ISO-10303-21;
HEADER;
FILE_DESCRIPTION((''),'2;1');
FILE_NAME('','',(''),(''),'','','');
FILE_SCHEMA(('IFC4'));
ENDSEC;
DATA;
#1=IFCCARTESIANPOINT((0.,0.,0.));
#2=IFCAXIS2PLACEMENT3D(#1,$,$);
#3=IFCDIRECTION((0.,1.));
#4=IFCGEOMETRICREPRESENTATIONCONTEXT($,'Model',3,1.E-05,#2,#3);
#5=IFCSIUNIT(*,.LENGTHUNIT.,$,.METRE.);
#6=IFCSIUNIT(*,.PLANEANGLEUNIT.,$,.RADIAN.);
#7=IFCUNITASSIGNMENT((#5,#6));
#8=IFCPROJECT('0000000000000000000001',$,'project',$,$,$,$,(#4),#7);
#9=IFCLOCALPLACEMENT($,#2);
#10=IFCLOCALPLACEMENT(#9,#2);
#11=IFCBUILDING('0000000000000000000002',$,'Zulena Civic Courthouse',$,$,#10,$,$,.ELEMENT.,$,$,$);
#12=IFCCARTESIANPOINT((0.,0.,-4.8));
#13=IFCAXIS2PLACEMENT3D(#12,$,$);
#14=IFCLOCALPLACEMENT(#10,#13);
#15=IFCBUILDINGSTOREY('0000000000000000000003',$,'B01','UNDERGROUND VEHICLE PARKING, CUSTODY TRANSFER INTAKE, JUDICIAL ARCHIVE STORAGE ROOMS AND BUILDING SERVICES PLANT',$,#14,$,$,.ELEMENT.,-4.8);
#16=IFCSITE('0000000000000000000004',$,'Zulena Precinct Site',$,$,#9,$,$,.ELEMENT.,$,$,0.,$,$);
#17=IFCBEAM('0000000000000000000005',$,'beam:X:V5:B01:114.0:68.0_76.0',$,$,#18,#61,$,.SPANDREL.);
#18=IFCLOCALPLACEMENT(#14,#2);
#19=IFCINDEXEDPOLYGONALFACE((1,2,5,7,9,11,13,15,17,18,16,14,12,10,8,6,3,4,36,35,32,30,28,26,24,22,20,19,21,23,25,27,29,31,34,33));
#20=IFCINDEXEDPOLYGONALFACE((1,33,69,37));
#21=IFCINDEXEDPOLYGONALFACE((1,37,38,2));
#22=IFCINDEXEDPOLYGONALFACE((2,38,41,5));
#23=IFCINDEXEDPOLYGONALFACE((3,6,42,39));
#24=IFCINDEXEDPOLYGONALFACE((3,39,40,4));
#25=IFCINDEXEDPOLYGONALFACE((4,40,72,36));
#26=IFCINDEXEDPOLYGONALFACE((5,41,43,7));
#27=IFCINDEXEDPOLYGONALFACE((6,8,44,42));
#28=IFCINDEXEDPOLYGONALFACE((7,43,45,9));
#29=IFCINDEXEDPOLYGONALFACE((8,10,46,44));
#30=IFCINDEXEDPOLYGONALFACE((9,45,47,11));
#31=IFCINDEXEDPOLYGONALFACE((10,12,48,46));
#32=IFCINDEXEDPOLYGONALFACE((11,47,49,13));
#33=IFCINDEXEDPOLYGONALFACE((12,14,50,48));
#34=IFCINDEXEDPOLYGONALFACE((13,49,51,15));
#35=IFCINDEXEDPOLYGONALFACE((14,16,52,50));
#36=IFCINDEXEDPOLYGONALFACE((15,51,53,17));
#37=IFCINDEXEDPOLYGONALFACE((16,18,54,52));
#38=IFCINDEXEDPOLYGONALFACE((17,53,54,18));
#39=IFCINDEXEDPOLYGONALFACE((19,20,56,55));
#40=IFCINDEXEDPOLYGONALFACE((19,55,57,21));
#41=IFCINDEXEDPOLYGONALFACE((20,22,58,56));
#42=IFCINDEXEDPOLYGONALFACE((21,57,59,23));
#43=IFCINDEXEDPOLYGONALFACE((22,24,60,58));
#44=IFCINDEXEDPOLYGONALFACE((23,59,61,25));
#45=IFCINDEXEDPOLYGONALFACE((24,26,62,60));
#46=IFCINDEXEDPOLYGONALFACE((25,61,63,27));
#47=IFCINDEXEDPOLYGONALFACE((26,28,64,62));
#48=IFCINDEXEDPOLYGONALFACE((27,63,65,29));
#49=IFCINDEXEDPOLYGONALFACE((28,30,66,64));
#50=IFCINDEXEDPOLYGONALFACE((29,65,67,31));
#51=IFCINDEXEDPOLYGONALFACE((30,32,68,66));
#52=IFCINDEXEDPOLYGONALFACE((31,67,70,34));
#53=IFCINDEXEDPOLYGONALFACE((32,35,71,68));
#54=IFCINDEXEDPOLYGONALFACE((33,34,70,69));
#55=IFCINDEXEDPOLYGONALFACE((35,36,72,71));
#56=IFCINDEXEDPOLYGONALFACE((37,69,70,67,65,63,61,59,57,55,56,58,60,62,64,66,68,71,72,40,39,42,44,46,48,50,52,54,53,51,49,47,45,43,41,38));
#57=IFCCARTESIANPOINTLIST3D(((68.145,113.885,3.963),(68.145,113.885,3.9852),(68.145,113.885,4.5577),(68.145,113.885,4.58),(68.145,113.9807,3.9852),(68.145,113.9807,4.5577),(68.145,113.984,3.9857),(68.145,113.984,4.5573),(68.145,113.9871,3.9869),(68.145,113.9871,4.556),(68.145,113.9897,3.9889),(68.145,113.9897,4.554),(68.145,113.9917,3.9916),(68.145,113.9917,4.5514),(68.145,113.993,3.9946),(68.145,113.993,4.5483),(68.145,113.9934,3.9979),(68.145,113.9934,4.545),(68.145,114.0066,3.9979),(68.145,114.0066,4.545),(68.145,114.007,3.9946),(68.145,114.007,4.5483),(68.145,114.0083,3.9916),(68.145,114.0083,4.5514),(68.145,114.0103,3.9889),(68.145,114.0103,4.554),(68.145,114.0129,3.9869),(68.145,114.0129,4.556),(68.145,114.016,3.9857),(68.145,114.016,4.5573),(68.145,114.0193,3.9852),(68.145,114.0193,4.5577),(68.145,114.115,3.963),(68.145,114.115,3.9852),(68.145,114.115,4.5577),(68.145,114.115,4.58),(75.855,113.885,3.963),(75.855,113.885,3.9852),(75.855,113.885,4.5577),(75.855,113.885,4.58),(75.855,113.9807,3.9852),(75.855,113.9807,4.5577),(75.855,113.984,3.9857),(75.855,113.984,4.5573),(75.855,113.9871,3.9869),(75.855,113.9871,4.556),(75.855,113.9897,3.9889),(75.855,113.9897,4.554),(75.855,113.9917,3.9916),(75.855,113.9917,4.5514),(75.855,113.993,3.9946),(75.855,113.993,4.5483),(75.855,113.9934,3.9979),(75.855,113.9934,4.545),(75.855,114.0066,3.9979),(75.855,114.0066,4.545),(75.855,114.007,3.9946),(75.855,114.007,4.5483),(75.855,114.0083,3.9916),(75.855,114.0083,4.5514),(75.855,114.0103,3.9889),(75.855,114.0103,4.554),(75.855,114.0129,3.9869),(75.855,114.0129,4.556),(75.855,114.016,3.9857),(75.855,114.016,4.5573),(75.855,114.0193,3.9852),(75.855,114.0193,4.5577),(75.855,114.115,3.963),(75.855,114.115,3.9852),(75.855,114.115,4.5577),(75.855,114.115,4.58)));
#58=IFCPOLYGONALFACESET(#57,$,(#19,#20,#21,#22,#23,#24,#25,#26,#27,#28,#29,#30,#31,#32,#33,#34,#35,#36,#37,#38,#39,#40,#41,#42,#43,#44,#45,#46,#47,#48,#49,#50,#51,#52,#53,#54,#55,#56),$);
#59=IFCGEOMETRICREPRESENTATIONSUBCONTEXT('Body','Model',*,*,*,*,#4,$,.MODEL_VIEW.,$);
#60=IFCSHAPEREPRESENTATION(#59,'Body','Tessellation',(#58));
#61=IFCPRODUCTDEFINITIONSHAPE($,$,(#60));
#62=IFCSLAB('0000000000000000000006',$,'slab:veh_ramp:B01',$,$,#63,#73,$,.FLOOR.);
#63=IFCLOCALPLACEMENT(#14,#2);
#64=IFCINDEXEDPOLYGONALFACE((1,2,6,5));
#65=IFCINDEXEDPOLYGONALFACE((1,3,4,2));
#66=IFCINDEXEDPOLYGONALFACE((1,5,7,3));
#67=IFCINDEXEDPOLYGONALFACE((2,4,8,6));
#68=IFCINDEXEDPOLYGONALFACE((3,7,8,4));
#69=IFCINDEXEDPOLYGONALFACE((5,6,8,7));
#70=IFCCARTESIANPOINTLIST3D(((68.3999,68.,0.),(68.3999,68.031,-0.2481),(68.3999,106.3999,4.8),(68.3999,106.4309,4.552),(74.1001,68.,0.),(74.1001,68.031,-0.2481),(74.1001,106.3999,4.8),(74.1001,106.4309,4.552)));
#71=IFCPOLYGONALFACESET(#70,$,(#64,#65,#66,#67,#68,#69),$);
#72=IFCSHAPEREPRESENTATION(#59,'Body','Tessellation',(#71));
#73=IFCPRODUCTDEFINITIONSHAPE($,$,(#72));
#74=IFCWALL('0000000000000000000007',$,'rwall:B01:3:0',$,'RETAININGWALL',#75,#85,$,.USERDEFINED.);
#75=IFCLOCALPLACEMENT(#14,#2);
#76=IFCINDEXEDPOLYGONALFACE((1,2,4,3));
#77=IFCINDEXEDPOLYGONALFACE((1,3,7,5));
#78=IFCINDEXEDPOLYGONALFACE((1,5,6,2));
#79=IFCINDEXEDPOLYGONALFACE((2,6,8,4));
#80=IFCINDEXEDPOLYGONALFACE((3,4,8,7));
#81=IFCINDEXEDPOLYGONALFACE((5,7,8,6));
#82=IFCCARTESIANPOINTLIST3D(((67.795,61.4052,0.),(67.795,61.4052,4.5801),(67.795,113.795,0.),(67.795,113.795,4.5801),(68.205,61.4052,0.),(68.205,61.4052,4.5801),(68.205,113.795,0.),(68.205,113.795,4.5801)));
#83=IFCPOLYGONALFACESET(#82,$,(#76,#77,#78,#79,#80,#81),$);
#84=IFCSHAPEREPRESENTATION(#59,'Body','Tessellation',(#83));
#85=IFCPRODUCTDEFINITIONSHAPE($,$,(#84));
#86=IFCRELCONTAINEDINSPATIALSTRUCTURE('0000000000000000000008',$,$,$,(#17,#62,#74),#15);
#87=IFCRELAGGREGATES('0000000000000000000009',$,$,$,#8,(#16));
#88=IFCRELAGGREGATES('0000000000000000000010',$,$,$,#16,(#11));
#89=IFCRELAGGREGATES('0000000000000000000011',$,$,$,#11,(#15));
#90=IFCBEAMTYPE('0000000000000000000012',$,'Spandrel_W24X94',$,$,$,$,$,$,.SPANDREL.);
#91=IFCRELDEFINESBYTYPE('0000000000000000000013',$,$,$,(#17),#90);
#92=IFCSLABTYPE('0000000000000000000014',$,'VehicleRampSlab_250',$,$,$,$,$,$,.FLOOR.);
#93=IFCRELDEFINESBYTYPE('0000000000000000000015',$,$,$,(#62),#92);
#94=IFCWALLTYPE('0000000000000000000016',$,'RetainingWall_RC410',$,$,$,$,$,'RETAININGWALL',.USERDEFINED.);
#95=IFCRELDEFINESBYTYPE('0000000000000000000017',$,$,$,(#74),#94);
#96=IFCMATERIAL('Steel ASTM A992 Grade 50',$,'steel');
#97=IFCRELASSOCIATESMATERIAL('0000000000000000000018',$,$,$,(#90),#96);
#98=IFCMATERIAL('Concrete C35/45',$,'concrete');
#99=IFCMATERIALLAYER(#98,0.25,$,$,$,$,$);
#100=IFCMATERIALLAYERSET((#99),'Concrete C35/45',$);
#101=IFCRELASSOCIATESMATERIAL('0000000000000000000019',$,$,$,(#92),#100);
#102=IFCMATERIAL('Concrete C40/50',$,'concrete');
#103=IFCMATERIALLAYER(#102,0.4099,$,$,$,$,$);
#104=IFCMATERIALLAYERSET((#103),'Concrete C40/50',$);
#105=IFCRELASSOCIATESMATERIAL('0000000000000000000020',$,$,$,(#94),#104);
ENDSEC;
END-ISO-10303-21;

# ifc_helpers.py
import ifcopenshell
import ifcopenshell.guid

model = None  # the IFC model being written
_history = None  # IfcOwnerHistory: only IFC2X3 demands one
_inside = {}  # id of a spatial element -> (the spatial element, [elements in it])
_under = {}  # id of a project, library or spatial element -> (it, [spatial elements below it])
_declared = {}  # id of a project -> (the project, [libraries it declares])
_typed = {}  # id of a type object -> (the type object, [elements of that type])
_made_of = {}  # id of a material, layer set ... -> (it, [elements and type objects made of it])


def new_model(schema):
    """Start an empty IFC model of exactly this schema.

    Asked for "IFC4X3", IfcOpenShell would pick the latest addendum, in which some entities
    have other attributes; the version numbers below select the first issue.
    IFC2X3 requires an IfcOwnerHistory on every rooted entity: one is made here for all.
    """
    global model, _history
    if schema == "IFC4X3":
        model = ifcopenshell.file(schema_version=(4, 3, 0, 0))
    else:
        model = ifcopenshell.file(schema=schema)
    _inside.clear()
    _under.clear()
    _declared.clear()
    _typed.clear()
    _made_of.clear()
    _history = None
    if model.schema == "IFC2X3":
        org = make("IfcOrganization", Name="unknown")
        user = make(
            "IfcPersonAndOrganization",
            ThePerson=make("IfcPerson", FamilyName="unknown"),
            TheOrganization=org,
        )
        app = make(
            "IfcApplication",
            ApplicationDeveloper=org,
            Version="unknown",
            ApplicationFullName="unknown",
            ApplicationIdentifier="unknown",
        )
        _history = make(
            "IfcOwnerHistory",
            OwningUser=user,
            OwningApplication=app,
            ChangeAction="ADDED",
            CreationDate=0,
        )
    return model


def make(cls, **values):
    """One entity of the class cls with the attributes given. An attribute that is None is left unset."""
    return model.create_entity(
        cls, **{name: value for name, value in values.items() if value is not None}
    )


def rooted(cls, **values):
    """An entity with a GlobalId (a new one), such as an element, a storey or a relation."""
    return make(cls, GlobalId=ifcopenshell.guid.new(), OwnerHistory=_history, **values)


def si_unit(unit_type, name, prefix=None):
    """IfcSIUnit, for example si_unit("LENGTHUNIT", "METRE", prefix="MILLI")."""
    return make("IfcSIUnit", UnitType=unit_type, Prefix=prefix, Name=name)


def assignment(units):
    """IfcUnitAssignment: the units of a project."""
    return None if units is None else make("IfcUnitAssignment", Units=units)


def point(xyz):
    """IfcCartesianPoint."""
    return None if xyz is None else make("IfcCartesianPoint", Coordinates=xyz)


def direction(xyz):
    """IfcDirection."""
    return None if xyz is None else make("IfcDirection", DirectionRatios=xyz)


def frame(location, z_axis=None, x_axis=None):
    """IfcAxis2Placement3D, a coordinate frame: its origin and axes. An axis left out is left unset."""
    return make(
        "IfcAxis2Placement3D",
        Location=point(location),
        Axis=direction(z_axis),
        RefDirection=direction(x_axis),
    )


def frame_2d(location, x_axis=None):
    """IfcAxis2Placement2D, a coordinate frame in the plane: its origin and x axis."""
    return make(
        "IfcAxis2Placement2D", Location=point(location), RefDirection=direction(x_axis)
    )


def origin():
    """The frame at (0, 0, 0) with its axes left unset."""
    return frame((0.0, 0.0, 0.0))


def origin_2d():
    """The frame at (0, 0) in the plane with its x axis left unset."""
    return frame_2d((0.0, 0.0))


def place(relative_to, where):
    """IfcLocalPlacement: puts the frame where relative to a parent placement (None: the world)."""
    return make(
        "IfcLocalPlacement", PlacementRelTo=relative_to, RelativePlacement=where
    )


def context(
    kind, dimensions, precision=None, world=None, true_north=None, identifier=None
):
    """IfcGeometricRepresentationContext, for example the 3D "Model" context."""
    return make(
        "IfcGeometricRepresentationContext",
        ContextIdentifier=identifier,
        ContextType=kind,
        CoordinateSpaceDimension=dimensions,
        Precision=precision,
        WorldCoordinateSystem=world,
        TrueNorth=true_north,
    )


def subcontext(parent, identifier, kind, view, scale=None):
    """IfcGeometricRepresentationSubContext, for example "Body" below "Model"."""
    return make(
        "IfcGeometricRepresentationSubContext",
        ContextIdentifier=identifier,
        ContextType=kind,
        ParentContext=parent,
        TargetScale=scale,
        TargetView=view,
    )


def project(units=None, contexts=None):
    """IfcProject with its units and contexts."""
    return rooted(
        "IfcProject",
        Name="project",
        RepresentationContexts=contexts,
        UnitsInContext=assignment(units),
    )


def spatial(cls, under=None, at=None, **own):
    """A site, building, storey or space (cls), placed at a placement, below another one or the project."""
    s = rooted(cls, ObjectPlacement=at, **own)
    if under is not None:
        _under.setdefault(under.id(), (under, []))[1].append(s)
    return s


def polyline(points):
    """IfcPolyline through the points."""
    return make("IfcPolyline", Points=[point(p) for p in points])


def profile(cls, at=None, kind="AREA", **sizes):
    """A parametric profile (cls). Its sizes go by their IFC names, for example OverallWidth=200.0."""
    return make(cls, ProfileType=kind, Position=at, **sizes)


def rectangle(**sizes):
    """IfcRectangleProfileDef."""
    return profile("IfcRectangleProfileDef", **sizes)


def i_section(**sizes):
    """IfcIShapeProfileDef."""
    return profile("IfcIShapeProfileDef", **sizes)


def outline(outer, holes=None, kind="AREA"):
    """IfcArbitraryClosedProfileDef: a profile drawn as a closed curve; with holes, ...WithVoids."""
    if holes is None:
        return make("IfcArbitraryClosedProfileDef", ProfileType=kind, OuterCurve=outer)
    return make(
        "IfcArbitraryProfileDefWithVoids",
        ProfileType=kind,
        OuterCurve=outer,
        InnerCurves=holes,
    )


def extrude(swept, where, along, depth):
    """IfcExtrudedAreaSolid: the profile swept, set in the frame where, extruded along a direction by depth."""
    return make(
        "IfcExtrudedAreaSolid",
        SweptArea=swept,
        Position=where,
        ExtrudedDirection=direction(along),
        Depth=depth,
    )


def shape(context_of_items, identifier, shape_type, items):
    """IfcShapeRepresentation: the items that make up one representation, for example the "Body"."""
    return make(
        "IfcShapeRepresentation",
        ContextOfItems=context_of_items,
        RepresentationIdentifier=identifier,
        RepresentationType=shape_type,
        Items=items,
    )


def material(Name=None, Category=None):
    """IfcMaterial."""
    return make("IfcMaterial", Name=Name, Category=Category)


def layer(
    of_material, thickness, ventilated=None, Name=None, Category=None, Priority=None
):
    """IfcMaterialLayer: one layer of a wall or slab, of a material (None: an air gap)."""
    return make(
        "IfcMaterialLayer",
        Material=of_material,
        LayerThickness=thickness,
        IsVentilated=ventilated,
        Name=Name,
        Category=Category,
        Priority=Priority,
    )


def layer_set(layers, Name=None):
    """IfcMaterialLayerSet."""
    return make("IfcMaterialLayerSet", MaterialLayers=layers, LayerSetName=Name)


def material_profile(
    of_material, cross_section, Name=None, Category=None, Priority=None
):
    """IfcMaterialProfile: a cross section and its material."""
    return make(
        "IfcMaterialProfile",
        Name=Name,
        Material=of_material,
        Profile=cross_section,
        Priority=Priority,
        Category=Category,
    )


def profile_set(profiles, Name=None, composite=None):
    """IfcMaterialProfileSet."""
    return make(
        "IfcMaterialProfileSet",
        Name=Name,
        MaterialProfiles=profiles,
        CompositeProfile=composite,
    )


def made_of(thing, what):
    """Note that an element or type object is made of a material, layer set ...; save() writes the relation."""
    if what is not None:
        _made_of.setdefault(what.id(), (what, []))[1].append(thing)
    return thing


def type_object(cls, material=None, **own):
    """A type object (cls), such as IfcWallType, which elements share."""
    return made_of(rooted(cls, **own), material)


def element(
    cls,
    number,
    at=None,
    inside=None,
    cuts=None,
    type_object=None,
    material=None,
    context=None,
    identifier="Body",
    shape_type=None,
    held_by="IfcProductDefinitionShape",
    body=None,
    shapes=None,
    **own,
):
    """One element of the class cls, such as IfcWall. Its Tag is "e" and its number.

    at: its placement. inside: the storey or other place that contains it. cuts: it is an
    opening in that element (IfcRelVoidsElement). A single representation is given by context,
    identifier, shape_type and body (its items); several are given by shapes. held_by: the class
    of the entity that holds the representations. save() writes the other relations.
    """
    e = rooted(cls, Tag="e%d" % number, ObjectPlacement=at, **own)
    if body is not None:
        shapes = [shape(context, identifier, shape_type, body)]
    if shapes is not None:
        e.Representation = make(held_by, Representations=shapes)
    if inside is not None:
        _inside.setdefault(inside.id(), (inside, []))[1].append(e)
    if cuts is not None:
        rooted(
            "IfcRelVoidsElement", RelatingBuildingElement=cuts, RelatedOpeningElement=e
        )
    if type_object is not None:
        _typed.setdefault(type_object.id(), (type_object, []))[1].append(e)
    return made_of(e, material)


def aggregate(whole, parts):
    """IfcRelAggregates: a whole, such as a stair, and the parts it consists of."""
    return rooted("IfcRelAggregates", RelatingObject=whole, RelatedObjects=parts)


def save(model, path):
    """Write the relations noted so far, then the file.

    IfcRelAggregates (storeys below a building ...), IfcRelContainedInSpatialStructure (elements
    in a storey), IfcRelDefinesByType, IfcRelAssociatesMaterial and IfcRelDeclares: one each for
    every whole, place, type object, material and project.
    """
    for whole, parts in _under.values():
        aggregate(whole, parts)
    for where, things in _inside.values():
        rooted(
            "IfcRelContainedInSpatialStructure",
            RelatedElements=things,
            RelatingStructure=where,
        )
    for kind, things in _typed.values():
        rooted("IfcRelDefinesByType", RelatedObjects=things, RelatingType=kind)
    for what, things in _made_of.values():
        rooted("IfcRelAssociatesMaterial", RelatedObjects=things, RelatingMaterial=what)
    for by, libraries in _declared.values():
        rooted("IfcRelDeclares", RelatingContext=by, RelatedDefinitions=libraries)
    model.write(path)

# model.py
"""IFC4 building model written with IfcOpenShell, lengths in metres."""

from ifc_helpers import new_model, si_unit, direction, frame, frame_2d, origin, origin_2d, place, context, subcontext, project, spatial, polyline, rectangle, i_section, outline, extrude, material, layer, layer_set, material_profile, profile_set, type_object, element, save


model = new_model("IFC4")

# Units and contexts
model_context = context("Model", 3, precision=1e-05, world=origin(), true_north=direction((0.0, 1.0)))
body_context = subcontext(model_context, "Body", "Model", "MODEL_VIEW")
ifc_project = project(units=[si_unit("LENGTHUNIT", "METRE"), si_unit("PLANEANGLEUNIT", "RADIAN")], contexts=[model_context])

# Site, building, storey
site_placement = place(None, origin())
site = spatial("IfcSite", under=ifc_project, at=site_placement, Name="Zulena Precinct Site", CompositionType="ELEMENT", RefElevation=0.0)
building_placement = place(site_placement, origin())
building = spatial("IfcBuilding", under=site, at=building_placement, Name="Zulena Civic Courthouse", CompositionType="ELEMENT")
storey_placement = place(building_placement, frame((0.0, 0.0, -4.8)))
storey = spatial("IfcBuildingStorey", under=building, at=storey_placement, Name="B01", Description="UNDERGROUND VEHICLE PARKING, CUSTODY TRANSFER INTAKE, JUDICIAL ARCHIVE STORAGE ROOMS AND BUILDING SERVICES PLANT", CompositionType="ELEMENT", Elevation=-4.8)

# Shared definitions
ifc_material_1 = material(Name="Concrete C35/45", Category="concrete")
ifc_material_2 = material(Name="Concrete C40/50", Category="concrete")

# Shared definitions
ifc_material_3 = material(Name="Steel ASTM A992 Grade 50", Category="steel")

# Beam
ifc_material_profile_1 = material_profile(ifc_material_3, i_section(OverallWidth=0.23, OverallDepth=0.6169, WebThickness=0.0132, FlangeThickness=0.0222, FilletRadius=0.0127, at=origin_2d()), Name="W24X94")
ifc_profile_set_1 = profile_set([ifc_material_profile_1], Name="Steel ASTM A992 Grade 50")
beam_type_1 = type_object("IfcBeamType", Name="Spandrel_W24X94", PredefinedType="SPANDREL", material=ifc_profile_set_1)
for number, where, z_axis, x_axis, name in (
    (1, (68.145, 114.0, 4.2715), (1.0, 0.0, 0.0), (0.0, 1.0, 0.0), "beam:X:V5:B01:114.0:68.0_76.0"),
):
    element("IfcBeam", number, at=place(storey_placement, frame(where, z_axis=z_axis, x_axis=x_axis)), inside=storey, type_object=beam_type_1, Name=name, PredefinedType="SPANDREL", context=body_context, shape_type="SweptSolid", body=[
        extrude(i_section(OverallWidth=0.23, OverallDepth=0.6169, WebThickness=0.0132, FlangeThickness=0.0222, FilletRadius=0.0127, at=origin_2d()), origin(), (0.0, 0.0, 1.0), 7.71),
    ])

# Slab
ifc_layer_1 = layer(ifc_material_1, 0.25)
ifc_layer_set_1 = layer_set([ifc_layer_1], Name="Concrete C35/45")
slab_type = type_object("IfcSlabType", Name="VehicleRampSlab_250", PredefinedType="FLOOR", material=ifc_layer_set_1)
slab_placement = place(storey_placement, frame((68.3999, 68.0, 0.0), z_axis=(0.0, -0.124036, 0.992278), x_axis=(1.0, 0.0, 0.0)))
element("IfcSlab", 2, at=slab_placement, inside=storey, type_object=slab_type, Name="slab:veh_ramp:B01", PredefinedType="FLOOR", context=body_context, shape_type="SweptSolid", body=[
    extrude(outline(polyline([(0.0, 0.0), (5.7002, 0.0), (5.7002, 38.6987), (0.0, 38.6987), (0.0, 0.0)])), origin(), (0.0, 0.0, -1.0), 0.25),
])

# Wall
ifc_layer_2 = layer(ifc_material_2, 0.4099)
ifc_layer_set_2 = layer_set([ifc_layer_2], Name="Concrete C40/50")
wall_type = type_object("IfcWallType", Name="RetainingWall_RC410", ElementType="RETAININGWALL", PredefinedType="USERDEFINED", material=ifc_layer_set_2)
wall_placement = place(storey_placement, frame((68.0, 113.7949, 0.0), z_axis=(0.0, 0.0, 1.0), x_axis=(0.0, -1.0, 0.0)))
element("IfcWall", 3, at=wall_placement, inside=storey, type_object=wall_type, Name="rwall:B01:3:0", ObjectType="RETAININGWALL", PredefinedType="USERDEFINED", context=body_context, shape_type="SweptSolid", body=[
    extrude(rectangle(XDim=52.3899, YDim=0.4099, at=frame_2d((26.1948, 0.0))), origin(), (0.0, 0.0, 1.0), 4.5801),
])

save(model, "model.ifc")
